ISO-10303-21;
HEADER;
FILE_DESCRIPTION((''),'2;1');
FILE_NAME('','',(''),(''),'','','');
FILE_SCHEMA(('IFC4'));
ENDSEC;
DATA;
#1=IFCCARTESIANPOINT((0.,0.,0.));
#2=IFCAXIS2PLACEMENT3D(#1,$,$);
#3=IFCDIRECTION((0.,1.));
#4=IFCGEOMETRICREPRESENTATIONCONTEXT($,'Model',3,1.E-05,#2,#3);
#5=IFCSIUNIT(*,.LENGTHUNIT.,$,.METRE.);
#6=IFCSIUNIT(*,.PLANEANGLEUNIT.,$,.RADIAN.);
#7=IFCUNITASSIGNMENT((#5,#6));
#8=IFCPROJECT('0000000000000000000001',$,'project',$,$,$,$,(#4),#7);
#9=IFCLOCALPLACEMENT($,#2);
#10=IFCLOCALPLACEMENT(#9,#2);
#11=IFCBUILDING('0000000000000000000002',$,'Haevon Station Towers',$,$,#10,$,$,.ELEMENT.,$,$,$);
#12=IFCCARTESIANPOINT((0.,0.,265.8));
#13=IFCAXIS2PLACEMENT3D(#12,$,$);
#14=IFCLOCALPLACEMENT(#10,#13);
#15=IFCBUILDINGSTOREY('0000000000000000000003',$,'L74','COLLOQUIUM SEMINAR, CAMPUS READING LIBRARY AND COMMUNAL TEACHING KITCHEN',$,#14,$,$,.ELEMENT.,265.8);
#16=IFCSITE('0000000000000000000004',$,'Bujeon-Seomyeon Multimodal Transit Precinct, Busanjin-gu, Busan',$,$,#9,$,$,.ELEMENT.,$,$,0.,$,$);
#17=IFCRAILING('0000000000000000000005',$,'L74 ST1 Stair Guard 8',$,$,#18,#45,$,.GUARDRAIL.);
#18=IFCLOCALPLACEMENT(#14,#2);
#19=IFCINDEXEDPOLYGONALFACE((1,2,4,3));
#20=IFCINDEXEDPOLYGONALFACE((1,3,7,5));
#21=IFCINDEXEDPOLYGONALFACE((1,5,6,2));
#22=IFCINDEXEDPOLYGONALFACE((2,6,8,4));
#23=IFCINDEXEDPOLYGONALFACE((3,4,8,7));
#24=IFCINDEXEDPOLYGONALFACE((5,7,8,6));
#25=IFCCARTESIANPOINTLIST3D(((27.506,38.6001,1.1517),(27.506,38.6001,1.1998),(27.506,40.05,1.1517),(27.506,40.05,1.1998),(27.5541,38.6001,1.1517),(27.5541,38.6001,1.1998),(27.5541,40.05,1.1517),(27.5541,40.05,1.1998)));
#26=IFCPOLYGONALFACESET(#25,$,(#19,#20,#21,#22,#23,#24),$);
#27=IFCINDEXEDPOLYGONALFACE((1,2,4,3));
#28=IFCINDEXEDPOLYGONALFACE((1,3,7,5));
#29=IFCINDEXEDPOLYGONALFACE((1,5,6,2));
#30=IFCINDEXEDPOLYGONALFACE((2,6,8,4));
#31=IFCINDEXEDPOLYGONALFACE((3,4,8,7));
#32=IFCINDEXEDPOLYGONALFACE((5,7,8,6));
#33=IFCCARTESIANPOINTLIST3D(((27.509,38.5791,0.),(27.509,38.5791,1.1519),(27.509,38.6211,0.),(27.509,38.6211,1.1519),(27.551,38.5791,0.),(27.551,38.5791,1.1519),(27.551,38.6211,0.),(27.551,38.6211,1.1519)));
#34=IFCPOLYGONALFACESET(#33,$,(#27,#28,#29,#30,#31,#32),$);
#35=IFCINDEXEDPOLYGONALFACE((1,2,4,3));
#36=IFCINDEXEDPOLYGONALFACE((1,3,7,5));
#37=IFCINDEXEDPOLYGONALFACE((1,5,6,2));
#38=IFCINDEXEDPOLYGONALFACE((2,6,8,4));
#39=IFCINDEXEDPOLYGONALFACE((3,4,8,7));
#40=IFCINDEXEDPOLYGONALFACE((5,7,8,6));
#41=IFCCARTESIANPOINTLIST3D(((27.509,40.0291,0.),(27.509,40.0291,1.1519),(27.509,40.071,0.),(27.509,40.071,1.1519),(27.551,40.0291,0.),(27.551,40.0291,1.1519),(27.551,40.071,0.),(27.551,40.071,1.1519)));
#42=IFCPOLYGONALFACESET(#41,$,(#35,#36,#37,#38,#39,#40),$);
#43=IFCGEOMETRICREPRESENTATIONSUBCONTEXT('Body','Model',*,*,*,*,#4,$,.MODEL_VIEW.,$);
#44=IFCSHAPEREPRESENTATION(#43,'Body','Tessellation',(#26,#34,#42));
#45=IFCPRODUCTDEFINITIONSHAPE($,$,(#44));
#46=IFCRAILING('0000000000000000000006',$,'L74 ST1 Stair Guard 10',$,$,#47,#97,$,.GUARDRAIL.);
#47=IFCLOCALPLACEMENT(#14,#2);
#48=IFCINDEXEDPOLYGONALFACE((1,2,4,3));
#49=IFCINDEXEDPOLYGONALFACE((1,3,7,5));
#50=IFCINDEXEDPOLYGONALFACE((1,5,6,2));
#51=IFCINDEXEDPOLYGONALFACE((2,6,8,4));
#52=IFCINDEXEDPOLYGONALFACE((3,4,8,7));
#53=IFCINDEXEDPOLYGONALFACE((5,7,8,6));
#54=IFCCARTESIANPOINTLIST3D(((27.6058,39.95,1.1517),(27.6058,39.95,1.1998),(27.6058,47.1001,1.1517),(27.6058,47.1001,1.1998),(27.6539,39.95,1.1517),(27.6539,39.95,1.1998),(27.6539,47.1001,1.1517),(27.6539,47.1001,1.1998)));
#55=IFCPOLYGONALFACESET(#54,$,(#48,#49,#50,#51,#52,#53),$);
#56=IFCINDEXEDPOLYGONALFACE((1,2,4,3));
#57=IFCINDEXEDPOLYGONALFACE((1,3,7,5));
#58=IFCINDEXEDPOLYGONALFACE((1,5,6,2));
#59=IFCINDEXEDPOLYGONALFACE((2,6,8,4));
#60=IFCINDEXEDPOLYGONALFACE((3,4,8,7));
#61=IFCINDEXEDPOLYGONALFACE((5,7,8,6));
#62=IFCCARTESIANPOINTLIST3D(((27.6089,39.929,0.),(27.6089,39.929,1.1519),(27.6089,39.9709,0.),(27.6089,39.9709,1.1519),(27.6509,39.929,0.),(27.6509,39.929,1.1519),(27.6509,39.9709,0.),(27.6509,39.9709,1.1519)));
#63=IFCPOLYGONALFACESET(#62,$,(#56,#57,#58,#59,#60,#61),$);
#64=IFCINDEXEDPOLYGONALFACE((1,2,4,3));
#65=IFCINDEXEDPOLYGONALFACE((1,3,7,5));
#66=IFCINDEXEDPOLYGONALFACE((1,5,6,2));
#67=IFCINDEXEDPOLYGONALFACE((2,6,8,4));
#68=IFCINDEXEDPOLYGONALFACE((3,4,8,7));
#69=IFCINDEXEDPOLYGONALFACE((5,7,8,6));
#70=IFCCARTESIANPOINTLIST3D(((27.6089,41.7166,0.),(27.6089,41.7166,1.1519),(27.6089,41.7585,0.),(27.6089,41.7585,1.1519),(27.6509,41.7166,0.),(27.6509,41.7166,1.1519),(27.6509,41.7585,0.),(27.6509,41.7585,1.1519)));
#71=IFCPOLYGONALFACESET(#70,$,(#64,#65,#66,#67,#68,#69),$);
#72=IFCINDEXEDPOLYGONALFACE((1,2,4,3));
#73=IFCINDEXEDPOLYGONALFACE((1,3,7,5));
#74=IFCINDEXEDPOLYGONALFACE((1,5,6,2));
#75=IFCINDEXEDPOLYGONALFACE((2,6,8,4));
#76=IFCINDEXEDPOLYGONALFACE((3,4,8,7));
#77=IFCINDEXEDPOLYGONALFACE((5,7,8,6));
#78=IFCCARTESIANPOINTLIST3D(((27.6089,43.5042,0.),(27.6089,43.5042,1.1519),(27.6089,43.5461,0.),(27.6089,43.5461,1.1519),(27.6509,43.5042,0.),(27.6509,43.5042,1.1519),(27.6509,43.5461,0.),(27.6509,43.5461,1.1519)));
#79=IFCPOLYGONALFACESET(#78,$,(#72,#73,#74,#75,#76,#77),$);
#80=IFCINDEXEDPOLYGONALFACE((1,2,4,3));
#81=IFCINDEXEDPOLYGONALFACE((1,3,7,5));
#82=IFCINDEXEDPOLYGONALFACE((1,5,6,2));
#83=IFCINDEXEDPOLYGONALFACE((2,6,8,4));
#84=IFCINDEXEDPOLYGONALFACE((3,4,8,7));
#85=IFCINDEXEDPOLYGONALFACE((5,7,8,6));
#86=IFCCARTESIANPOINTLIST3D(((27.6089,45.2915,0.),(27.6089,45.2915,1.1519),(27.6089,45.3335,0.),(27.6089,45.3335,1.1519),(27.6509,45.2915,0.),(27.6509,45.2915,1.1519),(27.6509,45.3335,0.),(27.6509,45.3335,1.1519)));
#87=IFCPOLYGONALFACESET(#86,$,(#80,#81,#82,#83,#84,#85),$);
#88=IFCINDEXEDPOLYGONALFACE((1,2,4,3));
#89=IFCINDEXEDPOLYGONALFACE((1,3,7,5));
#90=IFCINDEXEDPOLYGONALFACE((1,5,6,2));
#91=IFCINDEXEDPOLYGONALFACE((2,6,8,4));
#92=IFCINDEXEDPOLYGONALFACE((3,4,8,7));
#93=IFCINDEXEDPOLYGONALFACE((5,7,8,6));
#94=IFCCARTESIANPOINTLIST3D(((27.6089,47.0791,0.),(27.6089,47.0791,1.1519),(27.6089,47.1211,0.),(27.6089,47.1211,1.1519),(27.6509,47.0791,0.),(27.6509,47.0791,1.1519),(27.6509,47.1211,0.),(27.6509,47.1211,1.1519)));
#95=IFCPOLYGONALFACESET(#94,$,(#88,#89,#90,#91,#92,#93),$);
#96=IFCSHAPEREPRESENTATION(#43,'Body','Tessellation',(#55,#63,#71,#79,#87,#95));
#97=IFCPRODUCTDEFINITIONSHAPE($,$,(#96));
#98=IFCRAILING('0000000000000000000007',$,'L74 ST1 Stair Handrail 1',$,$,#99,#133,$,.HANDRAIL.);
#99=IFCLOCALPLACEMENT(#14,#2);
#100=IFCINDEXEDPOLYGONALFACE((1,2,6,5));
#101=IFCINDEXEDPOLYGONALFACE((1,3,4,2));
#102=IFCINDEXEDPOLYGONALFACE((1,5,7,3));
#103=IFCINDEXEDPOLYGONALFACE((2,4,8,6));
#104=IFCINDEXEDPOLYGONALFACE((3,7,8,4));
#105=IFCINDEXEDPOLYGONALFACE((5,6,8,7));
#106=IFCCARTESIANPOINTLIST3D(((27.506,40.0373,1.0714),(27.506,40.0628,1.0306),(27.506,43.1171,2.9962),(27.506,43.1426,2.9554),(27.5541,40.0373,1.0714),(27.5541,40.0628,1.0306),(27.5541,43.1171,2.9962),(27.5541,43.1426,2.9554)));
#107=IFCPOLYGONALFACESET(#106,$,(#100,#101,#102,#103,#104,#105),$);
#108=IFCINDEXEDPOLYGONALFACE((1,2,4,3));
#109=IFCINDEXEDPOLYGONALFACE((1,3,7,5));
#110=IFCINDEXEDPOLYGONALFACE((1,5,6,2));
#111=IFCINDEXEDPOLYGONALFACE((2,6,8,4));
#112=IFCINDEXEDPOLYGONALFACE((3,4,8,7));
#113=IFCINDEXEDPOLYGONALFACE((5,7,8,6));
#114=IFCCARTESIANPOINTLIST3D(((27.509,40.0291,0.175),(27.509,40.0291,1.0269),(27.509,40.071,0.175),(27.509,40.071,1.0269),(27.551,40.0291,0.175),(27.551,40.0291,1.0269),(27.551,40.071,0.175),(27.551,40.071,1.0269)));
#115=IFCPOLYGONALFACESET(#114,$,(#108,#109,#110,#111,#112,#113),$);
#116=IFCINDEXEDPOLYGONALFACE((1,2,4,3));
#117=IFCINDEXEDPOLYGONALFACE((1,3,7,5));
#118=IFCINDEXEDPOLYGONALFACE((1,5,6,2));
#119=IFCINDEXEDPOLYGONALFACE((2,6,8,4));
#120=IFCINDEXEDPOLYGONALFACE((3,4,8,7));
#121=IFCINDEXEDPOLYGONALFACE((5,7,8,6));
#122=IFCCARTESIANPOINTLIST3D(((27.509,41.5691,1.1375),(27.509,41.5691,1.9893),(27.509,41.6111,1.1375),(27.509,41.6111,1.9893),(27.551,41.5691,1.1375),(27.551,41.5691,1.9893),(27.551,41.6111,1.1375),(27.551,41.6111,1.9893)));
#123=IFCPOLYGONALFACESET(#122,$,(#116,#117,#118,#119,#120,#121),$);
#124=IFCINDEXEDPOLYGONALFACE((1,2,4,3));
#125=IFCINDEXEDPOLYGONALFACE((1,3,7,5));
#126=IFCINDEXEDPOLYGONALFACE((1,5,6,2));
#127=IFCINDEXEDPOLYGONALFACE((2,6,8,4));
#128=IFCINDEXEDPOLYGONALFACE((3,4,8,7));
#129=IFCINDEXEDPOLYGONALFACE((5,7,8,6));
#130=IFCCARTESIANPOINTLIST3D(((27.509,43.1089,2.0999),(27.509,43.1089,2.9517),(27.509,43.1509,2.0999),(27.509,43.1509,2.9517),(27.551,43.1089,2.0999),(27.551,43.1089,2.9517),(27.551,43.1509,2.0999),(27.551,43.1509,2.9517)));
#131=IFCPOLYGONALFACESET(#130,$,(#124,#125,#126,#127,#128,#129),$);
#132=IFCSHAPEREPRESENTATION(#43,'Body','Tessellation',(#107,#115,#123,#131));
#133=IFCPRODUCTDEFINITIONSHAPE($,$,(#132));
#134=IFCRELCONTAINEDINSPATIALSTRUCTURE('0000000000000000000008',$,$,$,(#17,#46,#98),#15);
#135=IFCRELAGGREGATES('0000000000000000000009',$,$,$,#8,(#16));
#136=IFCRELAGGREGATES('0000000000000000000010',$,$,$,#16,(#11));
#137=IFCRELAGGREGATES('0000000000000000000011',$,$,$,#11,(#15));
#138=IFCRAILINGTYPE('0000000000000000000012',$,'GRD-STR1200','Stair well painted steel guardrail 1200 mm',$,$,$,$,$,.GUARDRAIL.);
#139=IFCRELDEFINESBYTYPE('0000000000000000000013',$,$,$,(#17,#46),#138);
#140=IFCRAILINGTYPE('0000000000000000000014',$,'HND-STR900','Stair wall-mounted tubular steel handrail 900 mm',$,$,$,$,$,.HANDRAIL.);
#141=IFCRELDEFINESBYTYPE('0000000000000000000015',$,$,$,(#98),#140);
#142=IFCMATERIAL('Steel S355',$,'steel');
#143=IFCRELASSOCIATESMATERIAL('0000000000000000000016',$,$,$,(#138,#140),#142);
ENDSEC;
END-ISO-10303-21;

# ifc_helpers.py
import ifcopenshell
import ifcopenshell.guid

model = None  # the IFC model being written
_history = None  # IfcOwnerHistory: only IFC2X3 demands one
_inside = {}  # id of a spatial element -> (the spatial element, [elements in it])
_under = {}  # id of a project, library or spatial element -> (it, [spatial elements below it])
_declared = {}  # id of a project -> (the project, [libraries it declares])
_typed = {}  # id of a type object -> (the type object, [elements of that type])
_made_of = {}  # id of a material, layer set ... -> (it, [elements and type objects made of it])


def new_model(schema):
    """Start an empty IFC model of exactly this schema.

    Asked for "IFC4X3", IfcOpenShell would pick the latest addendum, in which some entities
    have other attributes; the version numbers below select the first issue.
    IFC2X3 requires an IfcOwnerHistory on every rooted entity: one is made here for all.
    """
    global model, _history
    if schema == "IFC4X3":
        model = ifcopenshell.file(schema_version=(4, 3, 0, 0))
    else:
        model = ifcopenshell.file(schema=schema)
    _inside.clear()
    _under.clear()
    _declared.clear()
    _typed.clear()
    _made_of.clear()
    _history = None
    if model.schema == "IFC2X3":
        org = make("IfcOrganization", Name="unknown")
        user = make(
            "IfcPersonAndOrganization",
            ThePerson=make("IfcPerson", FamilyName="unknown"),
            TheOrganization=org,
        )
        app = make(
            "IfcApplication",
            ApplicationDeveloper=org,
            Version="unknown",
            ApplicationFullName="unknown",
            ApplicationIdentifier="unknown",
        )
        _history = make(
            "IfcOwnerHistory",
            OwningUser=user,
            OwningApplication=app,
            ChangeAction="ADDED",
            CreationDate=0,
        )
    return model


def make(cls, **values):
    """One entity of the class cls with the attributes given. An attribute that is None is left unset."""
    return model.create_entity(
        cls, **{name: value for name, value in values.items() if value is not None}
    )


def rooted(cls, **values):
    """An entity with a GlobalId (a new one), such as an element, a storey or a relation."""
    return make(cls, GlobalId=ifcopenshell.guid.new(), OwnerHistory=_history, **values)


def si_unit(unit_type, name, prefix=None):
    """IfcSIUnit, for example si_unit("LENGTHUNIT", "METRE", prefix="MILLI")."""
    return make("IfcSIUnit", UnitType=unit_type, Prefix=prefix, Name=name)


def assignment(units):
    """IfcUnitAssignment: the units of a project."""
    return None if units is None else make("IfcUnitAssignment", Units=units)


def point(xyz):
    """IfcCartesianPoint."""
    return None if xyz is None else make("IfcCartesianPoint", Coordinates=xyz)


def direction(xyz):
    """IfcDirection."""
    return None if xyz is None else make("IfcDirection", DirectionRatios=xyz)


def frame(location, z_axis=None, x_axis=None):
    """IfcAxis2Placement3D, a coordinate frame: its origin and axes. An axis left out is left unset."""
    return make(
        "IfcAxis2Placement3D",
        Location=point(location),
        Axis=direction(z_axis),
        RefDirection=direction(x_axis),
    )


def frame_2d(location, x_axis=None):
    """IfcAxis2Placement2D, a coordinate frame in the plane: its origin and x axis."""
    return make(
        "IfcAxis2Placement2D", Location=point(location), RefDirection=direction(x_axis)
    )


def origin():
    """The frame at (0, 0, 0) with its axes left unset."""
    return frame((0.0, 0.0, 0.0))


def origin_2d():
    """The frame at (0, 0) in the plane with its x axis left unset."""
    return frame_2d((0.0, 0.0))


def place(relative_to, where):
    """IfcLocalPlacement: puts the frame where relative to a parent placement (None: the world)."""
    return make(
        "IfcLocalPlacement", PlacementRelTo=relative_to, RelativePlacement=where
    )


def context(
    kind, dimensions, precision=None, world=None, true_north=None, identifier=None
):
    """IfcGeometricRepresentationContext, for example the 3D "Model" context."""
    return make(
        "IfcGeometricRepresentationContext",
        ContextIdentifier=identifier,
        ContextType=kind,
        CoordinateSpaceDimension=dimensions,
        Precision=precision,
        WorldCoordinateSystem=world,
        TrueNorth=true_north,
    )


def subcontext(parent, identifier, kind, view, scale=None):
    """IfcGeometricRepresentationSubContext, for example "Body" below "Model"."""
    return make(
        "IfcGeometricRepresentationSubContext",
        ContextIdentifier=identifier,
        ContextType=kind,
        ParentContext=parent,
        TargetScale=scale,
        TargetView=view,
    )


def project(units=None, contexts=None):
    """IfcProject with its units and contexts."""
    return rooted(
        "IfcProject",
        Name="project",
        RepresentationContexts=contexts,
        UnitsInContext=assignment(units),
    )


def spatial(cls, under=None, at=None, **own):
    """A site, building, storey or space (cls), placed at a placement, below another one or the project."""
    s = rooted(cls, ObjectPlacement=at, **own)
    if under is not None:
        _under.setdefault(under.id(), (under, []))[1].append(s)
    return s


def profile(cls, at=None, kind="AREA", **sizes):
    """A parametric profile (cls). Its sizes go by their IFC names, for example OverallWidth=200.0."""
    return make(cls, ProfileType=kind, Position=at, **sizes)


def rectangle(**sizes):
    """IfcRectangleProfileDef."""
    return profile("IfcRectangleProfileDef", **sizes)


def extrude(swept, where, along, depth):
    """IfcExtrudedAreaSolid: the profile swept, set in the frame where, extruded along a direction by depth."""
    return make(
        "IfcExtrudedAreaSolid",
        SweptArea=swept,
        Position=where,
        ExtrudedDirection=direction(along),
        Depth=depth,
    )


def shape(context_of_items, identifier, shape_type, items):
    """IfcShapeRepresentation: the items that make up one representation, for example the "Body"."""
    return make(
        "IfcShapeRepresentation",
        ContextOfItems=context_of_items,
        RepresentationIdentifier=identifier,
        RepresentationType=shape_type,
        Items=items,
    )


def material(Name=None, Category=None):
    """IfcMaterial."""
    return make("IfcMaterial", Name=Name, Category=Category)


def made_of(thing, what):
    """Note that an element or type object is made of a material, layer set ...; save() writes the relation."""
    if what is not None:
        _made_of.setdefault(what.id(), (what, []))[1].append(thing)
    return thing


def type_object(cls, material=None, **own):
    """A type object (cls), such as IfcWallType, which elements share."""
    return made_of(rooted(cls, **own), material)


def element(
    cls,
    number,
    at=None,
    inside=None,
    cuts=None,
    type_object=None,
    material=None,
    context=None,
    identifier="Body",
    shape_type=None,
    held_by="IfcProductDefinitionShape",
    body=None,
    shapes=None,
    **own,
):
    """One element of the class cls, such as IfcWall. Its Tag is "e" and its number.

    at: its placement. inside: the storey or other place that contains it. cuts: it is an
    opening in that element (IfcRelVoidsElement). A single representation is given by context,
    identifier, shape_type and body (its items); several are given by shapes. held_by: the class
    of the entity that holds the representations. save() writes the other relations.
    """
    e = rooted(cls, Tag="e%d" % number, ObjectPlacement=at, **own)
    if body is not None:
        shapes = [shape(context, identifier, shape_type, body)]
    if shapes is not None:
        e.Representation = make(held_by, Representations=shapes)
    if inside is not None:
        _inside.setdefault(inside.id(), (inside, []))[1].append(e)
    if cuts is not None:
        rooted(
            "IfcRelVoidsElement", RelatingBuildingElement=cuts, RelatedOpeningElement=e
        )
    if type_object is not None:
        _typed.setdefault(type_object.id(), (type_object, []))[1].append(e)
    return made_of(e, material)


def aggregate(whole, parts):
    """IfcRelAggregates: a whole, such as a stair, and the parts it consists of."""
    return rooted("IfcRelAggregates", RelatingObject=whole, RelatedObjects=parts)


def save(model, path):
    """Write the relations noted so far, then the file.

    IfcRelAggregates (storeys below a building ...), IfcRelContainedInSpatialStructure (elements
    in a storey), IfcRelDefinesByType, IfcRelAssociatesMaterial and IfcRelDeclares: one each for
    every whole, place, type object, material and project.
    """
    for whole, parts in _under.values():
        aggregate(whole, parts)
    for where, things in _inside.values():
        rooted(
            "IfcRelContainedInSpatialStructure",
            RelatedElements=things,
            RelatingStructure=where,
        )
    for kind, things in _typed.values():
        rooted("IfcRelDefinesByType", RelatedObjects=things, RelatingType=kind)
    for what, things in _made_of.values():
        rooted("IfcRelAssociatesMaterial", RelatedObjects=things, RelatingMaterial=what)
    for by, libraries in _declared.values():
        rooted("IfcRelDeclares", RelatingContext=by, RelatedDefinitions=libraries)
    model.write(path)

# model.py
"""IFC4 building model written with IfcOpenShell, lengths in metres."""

from ifc_helpers import new_model, si_unit, direction, frame, origin, origin_2d, place, context, subcontext, project, spatial, rectangle, extrude, material, type_object, element, save


model = new_model("IFC4")

# Units and contexts
model_context = context("Model", 3, precision=1e-05, world=origin(), true_north=direction((0.0, 1.0)))
body_context = subcontext(model_context, "Body", "Model", "MODEL_VIEW")
ifc_project = project(units=[si_unit("LENGTHUNIT", "METRE"), si_unit("PLANEANGLEUNIT", "RADIAN")], contexts=[model_context])

# Site, building, storey
site_placement = place(None, origin())
site = spatial("IfcSite", under=ifc_project, at=site_placement, Name="Bujeon-Seomyeon Multimodal Transit Precinct, Busanjin-gu, Busan", CompositionType="ELEMENT", RefElevation=0.0)
building_placement = place(site_placement, origin())
building = spatial("IfcBuilding", under=site, at=building_placement, Name="Haevon Station Towers", CompositionType="ELEMENT")
storey_placement = place(building_placement, frame((0.0, 0.0, 265.8)))
storey = spatial("IfcBuildingStorey", under=building, at=storey_placement, Name="L74", Description="COLLOQUIUM SEMINAR, CAMPUS READING LIBRARY AND COMMUNAL TEACHING KITCHEN", CompositionType="ELEMENT", Elevation=265.8)

# Shared definitions
ifc_material_1 = material(Name="Steel S355", Category="steel")

# Railings
railing_type_1 = type_object("IfcRailingType", Name="GRD-STR1200", Description="Stair well painted steel guardrail 1200 mm", PredefinedType="GUARDRAIL", material=ifc_material_1)
railing_1_placement = place(storey_placement, frame((27.53, 38.6001, 0.0)))
element("IfcRailing", 1, at=railing_1_placement, inside=storey, type_object=railing_type_1, Name="L74 ST1 Stair Guard 8", PredefinedType="GUARDRAIL", context=body_context, shape_type="SweptSolid", body=[
    extrude(rectangle(XDim=0.0481, YDim=0.0481, at=origin_2d()), frame((0.0, 0.0, 1.1758), z_axis=(0.0, 1.0, 0.0), x_axis=(-1.0, 0.0, 0.0)), (0.0, 0.0, 1.0), 1.45),
    extrude(rectangle(XDim=0.042, YDim=0.042, at=origin_2d()), origin(), (0.0, 0.0, 1.0), 1.1519),
    extrude(rectangle(XDim=0.042, YDim=0.042, at=origin_2d()), frame((0.0, 1.45, 0.0)), (0.0, 0.0, 1.0), 1.1519),
])
railing_2_placement = place(storey_placement, frame((27.6299, 39.95, 0.0)))
element("IfcRailing", 2, at=railing_2_placement, inside=storey, type_object=railing_type_1, Name="L74 ST1 Stair Guard 10", PredefinedType="GUARDRAIL", context=body_context, shape_type="SweptSolid", body=[
    extrude(rectangle(XDim=0.0481, YDim=0.0481, at=origin_2d()), frame((0.0, 0.0, 1.1758), z_axis=(0.0, 1.0, 0.0), x_axis=(-1.0, 0.0, 0.0)), (0.0, 0.0, 1.0), 7.1501),
    extrude(rectangle(XDim=0.042, YDim=0.042, at=origin_2d()), origin(), (0.0, 0.0, 1.0), 1.1519),
    extrude(rectangle(XDim=0.042, YDim=0.042, at=origin_2d()), frame((0.0, 1.7876, 0.0)), (0.0, 0.0, 1.0), 1.1519),
    extrude(rectangle(XDim=0.042, YDim=0.042, at=origin_2d()), frame((0.0, 3.5752, 0.0)), (0.0, 0.0, 1.0), 1.1519),
    extrude(rectangle(XDim=0.042, YDim=0.042, at=origin_2d()), frame((0.0, 5.3625, 0.0)), (0.0, 0.0, 1.0), 1.1519),
    extrude(rectangle(XDim=0.042, YDim=0.042, at=origin_2d()), frame((0.0, 7.1501, 0.0)), (0.0, 0.0, 1.0), 1.1519),
])
railing_type_2 = type_object("IfcRailingType", Name="HND-STR900", Description="Stair wall-mounted tubular steel handrail 900 mm", PredefinedType="HANDRAIL", material=ifc_material_1)
railing_3_placement = place(storey_placement, frame((27.53, 40.05, 0.175)))
element("IfcRailing", 3, at=railing_3_placement, inside=storey, type_object=railing_type_2, Name="L74 ST1 Stair Handrail 1", PredefinedType="HANDRAIL", context=body_context, shape_type="SweptSolid", body=[
    extrude(rectangle(XDim=0.0481, YDim=0.0481, at=origin_2d()), frame((0.0, 0.0, 0.876), z_axis=(0.0, 0.84801, 0.529981), x_axis=(-1.0, 0.0, 0.0)), (0.0, 0.0, 1.0), 3.6318),
    extrude(rectangle(XDim=0.042, YDim=0.042, at=origin_2d()), origin(), (0.0, 0.0, 1.0), 0.8518),
    extrude(rectangle(XDim=0.042, YDim=0.042, at=origin_2d()), frame((0.0, 1.54, 0.9624)), (0.0, 0.0, 1.0), 0.8518),
    extrude(rectangle(XDim=0.042, YDim=0.042, at=origin_2d()), frame((0.0, 3.0798, 1.9248)), (0.0, 0.0, 1.0), 0.8518),
])

save(model, "model.ifc")
